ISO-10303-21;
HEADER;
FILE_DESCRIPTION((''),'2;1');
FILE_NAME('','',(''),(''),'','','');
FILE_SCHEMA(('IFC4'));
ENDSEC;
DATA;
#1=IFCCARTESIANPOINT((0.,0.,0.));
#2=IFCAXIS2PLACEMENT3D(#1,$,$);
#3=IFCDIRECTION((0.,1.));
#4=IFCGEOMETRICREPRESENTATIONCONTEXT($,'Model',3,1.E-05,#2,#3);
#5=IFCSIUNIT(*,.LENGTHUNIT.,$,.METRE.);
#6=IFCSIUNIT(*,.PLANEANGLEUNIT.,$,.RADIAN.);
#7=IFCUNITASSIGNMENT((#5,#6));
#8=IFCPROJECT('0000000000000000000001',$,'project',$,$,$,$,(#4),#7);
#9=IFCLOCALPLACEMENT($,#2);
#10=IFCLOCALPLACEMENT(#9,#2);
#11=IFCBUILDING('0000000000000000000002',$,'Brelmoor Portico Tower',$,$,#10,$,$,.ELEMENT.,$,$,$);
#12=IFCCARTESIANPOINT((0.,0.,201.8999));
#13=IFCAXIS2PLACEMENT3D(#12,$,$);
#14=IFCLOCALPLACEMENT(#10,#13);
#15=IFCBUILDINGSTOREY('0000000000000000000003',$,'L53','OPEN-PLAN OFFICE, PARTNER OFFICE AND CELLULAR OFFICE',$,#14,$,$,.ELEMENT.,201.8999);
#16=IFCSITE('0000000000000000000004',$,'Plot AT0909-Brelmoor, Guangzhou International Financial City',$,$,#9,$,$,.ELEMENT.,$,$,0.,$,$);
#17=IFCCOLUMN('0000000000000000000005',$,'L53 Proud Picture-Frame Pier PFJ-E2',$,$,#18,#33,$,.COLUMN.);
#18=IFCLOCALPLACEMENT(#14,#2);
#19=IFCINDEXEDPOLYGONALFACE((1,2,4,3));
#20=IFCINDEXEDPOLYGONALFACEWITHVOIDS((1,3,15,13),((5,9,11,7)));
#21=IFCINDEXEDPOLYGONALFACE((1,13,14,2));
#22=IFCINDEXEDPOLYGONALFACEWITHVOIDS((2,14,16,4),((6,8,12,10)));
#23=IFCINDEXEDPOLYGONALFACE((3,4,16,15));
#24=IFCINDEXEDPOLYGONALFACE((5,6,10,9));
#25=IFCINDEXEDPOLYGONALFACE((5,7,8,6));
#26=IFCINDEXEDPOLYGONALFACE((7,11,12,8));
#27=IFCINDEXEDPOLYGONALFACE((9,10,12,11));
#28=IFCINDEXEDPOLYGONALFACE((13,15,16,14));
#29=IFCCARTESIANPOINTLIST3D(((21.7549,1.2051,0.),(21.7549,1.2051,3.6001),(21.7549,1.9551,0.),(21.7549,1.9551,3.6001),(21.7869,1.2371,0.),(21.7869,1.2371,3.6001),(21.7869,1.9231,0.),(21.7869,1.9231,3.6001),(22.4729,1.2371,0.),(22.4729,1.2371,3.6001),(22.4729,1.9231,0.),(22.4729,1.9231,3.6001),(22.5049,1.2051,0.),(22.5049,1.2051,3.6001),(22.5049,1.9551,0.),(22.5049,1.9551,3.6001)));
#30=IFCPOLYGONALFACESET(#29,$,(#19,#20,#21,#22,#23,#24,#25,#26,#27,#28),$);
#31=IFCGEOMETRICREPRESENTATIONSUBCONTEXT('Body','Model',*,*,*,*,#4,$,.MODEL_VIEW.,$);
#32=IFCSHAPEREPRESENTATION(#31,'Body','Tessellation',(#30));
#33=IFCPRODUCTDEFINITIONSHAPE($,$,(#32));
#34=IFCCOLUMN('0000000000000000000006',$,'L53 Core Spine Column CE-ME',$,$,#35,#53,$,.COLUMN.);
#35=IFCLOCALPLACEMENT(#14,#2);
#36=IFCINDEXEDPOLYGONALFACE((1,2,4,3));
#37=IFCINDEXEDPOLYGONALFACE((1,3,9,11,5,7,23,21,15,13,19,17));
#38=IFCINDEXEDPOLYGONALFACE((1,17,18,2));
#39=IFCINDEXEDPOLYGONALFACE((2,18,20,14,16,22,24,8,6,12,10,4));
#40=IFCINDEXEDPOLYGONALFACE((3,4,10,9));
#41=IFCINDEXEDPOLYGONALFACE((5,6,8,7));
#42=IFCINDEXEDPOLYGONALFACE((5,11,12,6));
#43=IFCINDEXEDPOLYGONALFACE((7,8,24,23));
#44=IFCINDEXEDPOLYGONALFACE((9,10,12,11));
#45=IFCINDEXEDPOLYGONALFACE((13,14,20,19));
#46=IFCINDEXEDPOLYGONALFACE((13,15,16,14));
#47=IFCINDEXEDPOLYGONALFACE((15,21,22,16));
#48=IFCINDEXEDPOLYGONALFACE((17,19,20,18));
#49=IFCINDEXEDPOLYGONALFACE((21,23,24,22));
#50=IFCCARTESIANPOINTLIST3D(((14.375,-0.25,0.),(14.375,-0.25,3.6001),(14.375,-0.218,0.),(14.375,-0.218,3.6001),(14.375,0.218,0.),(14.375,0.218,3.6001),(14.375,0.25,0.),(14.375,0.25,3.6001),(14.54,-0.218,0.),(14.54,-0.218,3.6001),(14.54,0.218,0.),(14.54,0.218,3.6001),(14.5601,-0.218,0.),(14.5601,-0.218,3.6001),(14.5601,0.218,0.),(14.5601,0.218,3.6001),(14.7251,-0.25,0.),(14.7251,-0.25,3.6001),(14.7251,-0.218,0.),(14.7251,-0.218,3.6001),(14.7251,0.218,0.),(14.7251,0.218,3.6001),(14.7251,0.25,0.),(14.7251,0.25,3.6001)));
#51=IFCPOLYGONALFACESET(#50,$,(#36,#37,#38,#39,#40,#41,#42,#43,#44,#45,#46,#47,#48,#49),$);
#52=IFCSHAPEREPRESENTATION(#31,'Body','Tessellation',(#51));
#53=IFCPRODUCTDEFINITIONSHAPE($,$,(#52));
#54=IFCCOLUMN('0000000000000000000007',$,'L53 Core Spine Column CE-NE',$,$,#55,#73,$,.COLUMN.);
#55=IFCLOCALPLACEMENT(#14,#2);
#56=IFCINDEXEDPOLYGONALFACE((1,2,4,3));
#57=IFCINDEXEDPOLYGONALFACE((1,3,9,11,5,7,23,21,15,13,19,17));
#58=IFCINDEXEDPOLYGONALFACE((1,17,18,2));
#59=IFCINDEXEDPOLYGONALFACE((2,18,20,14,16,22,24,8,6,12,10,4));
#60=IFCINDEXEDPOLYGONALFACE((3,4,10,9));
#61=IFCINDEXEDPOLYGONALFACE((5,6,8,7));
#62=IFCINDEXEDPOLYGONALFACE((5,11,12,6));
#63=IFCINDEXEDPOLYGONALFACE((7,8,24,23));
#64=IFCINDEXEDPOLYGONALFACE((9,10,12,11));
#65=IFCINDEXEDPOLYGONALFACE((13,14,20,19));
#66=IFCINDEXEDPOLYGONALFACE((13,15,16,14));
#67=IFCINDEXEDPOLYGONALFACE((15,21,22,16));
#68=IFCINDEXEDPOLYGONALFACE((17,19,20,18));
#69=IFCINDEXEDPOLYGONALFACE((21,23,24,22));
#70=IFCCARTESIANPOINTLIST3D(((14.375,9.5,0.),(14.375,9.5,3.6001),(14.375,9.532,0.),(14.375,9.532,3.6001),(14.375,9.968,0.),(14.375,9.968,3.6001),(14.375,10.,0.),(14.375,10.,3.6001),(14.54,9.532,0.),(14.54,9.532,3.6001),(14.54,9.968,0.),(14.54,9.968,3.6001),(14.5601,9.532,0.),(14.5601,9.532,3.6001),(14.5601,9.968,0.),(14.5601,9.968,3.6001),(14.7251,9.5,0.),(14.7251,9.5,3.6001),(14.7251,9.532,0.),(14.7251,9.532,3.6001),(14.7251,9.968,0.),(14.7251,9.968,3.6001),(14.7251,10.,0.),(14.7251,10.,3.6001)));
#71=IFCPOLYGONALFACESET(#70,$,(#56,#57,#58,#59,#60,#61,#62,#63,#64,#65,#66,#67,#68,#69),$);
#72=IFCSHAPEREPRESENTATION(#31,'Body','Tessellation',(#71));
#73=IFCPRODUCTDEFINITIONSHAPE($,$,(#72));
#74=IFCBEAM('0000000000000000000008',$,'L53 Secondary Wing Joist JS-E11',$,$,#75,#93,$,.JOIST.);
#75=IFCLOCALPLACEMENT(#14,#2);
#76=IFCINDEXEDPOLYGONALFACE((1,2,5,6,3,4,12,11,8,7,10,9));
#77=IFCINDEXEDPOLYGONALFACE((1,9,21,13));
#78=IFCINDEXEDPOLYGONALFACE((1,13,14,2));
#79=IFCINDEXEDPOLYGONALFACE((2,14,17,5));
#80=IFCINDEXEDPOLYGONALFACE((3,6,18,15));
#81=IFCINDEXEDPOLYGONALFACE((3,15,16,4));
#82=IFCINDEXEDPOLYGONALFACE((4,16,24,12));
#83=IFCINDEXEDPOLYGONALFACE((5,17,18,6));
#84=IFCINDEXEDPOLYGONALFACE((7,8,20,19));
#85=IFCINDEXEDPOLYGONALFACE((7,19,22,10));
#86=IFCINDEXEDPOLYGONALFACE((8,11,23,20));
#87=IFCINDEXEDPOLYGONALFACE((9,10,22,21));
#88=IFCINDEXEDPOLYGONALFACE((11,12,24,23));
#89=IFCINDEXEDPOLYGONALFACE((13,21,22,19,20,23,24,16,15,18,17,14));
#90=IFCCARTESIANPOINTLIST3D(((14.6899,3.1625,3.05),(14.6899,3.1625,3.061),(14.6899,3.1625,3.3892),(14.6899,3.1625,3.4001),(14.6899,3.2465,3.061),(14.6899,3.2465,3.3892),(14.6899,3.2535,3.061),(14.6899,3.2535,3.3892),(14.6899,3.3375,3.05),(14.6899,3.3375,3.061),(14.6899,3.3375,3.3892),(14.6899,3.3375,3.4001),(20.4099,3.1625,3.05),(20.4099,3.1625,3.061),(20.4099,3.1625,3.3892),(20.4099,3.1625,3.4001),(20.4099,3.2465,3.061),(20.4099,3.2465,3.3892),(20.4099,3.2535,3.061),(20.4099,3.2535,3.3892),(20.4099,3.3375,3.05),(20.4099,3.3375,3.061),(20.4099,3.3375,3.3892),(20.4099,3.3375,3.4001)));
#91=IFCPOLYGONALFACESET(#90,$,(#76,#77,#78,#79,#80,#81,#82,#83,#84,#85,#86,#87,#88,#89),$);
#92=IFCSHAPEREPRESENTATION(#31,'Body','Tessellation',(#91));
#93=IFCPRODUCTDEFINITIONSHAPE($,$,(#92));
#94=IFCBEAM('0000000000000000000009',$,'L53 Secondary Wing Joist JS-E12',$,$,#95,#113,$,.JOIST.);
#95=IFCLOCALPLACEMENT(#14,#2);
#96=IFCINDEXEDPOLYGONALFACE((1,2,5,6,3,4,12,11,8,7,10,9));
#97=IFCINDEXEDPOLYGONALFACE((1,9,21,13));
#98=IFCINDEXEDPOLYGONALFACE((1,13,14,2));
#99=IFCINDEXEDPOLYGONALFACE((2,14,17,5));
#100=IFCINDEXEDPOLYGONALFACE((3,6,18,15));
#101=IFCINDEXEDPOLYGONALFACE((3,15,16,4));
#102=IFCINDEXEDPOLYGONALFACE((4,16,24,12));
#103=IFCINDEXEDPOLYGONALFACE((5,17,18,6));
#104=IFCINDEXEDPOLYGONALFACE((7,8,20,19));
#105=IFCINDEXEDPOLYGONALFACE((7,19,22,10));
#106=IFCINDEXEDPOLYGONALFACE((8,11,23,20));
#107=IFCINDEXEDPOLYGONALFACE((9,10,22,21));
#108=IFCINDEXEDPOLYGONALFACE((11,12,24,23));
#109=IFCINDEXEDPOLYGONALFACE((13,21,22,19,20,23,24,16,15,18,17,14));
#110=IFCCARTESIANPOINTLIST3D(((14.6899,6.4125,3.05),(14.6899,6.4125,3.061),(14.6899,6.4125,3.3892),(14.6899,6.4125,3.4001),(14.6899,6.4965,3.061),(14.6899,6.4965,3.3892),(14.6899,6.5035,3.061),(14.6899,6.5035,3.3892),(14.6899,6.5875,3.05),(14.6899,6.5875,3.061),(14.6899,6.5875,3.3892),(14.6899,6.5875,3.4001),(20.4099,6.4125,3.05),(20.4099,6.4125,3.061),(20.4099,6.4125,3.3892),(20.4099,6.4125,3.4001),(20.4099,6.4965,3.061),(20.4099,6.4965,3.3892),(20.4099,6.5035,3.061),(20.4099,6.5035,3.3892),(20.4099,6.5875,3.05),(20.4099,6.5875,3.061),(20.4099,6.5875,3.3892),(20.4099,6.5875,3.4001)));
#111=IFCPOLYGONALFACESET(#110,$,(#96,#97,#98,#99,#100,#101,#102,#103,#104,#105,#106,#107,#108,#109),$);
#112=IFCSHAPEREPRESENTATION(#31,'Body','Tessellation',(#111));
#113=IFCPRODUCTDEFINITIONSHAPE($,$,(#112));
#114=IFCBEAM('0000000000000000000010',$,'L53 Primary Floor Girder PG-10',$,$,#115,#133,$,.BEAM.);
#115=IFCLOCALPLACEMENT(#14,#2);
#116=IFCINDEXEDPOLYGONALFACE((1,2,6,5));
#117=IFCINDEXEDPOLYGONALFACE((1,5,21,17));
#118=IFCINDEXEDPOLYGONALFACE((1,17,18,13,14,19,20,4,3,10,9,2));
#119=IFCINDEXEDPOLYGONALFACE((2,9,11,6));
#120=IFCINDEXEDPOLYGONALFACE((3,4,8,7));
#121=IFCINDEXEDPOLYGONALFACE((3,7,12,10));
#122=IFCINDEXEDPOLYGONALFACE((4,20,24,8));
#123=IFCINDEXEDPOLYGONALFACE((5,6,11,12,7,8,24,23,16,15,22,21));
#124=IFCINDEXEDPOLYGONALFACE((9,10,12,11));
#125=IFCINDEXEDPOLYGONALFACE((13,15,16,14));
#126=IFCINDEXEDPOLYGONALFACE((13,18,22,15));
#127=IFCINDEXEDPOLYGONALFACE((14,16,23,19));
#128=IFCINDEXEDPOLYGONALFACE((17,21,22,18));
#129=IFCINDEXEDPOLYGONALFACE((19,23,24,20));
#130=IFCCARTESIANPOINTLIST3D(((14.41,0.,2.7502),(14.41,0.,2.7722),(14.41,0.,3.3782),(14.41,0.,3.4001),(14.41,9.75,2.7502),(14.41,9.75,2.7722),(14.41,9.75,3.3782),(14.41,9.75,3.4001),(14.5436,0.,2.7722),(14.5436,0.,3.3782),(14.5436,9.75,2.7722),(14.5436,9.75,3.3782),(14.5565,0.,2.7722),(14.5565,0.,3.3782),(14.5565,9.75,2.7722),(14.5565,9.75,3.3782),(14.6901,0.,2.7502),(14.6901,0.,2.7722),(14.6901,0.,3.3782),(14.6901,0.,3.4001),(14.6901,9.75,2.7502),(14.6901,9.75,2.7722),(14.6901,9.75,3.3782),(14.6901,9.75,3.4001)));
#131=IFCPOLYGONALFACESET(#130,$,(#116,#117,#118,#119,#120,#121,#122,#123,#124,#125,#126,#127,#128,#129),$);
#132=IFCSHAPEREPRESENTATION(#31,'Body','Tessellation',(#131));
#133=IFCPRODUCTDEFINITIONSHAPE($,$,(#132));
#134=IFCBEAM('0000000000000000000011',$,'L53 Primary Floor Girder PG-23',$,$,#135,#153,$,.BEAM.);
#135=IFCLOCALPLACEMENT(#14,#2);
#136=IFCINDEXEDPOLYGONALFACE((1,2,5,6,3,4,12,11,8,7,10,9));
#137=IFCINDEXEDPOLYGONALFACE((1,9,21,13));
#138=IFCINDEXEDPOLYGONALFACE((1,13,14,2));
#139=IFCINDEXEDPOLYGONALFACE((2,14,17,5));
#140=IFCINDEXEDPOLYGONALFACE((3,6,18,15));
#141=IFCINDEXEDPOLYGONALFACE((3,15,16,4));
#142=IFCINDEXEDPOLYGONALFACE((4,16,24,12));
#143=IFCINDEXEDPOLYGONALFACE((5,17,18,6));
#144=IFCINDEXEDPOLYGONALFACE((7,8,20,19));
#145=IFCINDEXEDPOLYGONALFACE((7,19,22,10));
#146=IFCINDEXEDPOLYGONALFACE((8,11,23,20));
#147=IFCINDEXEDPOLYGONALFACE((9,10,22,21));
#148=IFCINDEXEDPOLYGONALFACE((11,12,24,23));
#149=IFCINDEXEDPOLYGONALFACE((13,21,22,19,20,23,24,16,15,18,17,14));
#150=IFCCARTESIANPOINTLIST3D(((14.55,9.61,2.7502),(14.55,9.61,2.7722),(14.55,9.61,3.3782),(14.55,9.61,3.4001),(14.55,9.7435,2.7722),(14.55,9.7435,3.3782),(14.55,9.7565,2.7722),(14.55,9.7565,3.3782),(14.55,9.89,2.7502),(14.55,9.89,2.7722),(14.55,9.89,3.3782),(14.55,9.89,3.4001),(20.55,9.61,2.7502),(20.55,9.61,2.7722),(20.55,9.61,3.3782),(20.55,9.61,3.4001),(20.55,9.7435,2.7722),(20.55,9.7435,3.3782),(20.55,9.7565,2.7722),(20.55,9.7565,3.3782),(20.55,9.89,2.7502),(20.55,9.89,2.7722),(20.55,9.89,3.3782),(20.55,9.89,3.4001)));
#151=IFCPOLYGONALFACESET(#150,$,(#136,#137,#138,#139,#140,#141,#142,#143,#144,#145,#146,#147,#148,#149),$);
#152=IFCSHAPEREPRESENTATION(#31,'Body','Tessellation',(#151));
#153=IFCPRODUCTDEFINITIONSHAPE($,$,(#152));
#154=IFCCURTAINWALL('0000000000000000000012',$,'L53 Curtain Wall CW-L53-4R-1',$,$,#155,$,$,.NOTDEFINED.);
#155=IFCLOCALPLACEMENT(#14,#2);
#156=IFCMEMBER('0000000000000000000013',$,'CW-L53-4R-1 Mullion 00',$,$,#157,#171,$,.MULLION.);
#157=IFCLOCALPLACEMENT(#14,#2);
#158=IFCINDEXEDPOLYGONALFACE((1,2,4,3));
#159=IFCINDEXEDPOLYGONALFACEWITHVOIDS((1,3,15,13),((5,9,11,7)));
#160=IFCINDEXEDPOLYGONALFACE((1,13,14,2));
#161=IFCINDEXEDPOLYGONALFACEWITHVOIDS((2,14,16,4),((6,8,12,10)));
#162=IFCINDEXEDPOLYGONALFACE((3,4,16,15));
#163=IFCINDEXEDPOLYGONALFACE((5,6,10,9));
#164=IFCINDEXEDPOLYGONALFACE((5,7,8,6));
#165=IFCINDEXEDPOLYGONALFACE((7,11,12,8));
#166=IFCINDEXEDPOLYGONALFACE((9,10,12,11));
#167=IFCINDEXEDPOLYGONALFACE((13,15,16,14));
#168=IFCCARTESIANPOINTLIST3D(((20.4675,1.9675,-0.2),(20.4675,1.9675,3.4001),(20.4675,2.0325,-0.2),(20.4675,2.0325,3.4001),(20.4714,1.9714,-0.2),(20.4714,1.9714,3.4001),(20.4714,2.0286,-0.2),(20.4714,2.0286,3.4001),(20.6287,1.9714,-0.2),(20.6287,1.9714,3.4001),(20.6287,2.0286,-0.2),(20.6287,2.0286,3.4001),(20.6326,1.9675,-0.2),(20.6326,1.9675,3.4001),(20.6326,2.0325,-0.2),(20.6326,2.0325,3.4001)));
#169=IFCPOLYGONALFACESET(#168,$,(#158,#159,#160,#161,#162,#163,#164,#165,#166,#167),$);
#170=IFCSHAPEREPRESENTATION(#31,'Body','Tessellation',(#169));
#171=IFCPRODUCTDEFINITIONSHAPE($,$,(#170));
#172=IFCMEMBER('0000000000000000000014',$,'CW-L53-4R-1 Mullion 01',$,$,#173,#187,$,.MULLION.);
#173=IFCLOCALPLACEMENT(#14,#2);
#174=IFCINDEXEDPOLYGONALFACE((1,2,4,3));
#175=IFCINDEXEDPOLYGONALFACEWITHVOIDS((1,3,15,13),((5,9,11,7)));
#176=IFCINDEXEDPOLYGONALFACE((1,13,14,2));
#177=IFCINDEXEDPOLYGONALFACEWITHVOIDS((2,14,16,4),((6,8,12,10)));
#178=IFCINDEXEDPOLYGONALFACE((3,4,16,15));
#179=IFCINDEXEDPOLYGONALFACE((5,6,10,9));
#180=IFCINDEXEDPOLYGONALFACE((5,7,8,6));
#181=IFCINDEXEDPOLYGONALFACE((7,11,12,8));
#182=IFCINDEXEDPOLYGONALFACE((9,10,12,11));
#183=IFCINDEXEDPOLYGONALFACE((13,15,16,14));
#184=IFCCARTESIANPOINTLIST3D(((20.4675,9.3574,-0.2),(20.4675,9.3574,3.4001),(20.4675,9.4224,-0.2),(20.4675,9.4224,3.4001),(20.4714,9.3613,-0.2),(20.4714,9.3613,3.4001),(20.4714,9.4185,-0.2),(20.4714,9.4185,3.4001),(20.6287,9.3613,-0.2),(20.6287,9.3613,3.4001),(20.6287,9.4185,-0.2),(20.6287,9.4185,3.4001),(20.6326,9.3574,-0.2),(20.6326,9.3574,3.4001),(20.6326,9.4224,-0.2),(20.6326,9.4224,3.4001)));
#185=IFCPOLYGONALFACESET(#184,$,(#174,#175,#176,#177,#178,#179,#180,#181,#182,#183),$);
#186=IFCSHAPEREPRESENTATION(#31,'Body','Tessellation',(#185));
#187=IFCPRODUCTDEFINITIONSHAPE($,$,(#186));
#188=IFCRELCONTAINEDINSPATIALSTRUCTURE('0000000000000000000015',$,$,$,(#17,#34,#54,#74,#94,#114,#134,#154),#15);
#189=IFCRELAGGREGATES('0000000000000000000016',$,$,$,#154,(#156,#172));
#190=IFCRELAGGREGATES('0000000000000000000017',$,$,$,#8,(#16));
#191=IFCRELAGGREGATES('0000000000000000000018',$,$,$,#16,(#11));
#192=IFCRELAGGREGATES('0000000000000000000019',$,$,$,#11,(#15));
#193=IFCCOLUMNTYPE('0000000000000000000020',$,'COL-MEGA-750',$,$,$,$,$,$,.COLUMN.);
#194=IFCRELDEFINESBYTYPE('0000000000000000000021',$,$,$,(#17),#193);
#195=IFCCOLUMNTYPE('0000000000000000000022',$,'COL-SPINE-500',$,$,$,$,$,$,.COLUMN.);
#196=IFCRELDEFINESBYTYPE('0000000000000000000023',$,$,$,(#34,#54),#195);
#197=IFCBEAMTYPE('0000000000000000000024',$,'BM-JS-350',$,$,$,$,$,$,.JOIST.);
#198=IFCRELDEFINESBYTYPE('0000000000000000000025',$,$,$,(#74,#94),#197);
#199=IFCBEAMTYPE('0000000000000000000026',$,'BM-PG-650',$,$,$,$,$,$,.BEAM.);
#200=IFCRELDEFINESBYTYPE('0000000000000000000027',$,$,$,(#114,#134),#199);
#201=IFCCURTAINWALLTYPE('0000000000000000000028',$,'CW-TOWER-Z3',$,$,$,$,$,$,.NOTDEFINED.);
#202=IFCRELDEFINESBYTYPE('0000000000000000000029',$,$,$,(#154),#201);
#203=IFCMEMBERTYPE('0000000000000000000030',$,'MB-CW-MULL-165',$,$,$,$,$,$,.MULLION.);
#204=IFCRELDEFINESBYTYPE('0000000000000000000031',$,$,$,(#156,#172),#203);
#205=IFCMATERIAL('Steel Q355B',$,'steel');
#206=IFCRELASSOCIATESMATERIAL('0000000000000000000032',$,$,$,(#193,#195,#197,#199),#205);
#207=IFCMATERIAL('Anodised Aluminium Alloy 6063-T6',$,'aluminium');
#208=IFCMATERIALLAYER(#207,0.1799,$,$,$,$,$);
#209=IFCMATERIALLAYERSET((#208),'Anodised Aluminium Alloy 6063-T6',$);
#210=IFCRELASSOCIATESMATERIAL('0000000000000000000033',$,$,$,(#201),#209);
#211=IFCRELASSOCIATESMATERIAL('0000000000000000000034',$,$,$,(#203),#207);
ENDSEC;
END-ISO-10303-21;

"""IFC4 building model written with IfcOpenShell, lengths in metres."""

from ifc_helpers import new_model, si_unit, direction, frame, origin, origin_2d, place, context, subcontext, project, spatial, hollow_rectangle, i_section, extrude, material, layer, layer_set, material_profile, profile_set, type_object, element, aggregate, save


model = new_model("IFC4")

# Units and contexts
model_context = context("Model", 3, precision=1e-05, world=origin(), true_north=direction((0.0, 1.0)))
body_context = subcontext(model_context, "Body", "Model", "MODEL_VIEW")
ifc_project = project(units=[si_unit("LENGTHUNIT", "METRE"), si_unit("PLANEANGLEUNIT", "RADIAN")], contexts=[model_context])

# Site, building, storey
site_placement = place(None, origin())
site = spatial("IfcSite", under=ifc_project, at=site_placement, Name="Plot AT0909-Brelmoor, Guangzhou International Financial City", CompositionType="ELEMENT", RefElevation=0.0)
building_placement = place(site_placement, origin())
building = spatial("IfcBuilding", under=site, at=building_placement, Name="Brelmoor Portico Tower", CompositionType="ELEMENT")
storey_placement = place(building_placement, frame((0.0, 0.0, 201.8999)))
storey = spatial("IfcBuildingStorey", under=building, at=storey_placement, Name="L53", Description="OPEN-PLAN OFFICE, PARTNER OFFICE AND CELLULAR OFFICE", CompositionType="ELEMENT", Elevation=201.8999)

# Columns
ifc_material_1 = material(Name="Steel Q355B", Category="steel")
ifc_material_profile_1 = material_profile(ifc_material_1, hollow_rectangle(XDim=0.75, YDim=0.75, WallThickness=0.032, at=origin_2d()), Name="BOX 750x750x32")
ifc_profile_set_1 = profile_set([ifc_material_profile_1], Name="Steel Q355B")
column_type_1 = type_object("IfcColumnType", Name="COL-MEGA-750", PredefinedType="COLUMN", material=ifc_profile_set_1)
column_placement = place(storey_placement, frame((22.1299, 1.5801, 0.0), z_axis=(0.0, 0.0, 1.0), x_axis=(0.0, 1.0, 0.0)))
element("IfcColumn", 1, at=column_placement, inside=storey, type_object=column_type_1, Name="L53 Proud Picture-Frame Pier PFJ-E2", PredefinedType="COLUMN", context=body_context, shape_type="SweptSolid", body=[
    extrude(hollow_rectangle(XDim=0.75, YDim=0.75, WallThickness=0.032, at=origin_2d()), origin(), (0.0, 0.0, 1.0), 3.6001),
])
ifc_material_profile_2 = material_profile(ifc_material_1, i_section(OverallWidth=0.3501, OverallDepth=0.5, WebThickness=0.02, FlangeThickness=0.032, at=origin_2d()), Name="HW 500x350x20x32")
ifc_profile_set_2 = profile_set([ifc_material_profile_2], Name="Steel Q355B")
column_type_2 = type_object("IfcColumnType", Name="COL-SPINE-500", PredefinedType="COLUMN", material=ifc_profile_set_2)
for number, where, z_axis, x_axis, name in (
    (2, (14.55, 0.0, 0.0), (0.0, 0.0, 1.0), (1.0, 0.0, 0.0), "L53 Core Spine Column CE-ME"),
    (3, (14.55, 9.75, 0.0), (0.0, 0.0, 1.0), (1.0, 0.0, 0.0), "L53 Core Spine Column CE-NE"),
):
    element("IfcColumn", number, at=place(storey_placement, frame(where, z_axis=z_axis, x_axis=x_axis)), inside=storey, type_object=column_type_2, Name=name, PredefinedType="COLUMN", context=body_context, shape_type="SweptSolid", body=[
        extrude(i_section(OverallWidth=0.3501, OverallDepth=0.5, WebThickness=0.02, FlangeThickness=0.032, at=origin_2d()), origin(), (0.0, 0.0, 1.0), 3.6001),
    ])

# Beams
ifc_material_profile_3 = material_profile(ifc_material_1, i_section(OverallWidth=0.175, OverallDepth=0.3501, WebThickness=0.0071, FlangeThickness=0.011, at=origin_2d()), Name="HN 350x175x7x11")
ifc_profile_set_3 = profile_set([ifc_material_profile_3], Name="Steel Q355B")
beam_type_1 = type_object("IfcBeamType", Name="BM-JS-350", PredefinedType="JOIST", material=ifc_profile_set_3)
for number, where, z_axis, x_axis, name in (
    (4, (14.6899, 3.25, 3.2251), (1.0, 0.0, 0.0), (0.0, 1.0, 0.0), "L53 Secondary Wing Joist JS-E11"),
    (5, (14.6899, 6.5, 3.2251), (1.0, 0.0, 0.0), (0.0, 1.0, 0.0), "L53 Secondary Wing Joist JS-E12"),
):
    element("IfcBeam", number, at=place(storey_placement, frame(where, z_axis=z_axis, x_axis=x_axis)), inside=storey, type_object=beam_type_1, Name=name, PredefinedType="JOIST", context=body_context, shape_type="SweptSolid", body=[
        extrude(i_section(OverallWidth=0.175, OverallDepth=0.3501, WebThickness=0.0071, FlangeThickness=0.011, at=origin_2d()), origin(), (0.0, 0.0, 1.0), 5.72),
    ])
ifc_material_profile_4 = material_profile(ifc_material_1, i_section(OverallWidth=0.28, OverallDepth=0.6499, WebThickness=0.0129, FlangeThickness=0.022, at=origin_2d()), Name="HN 650x280x13x22")
ifc_profile_set_4 = profile_set([ifc_material_profile_4], Name="Steel Q355B")
beam_type_2 = type_object("IfcBeamType", Name="BM-PG-650", PredefinedType="BEAM", material=ifc_profile_set_4)
beam_1_placement = place(storey_placement, frame((14.55, 0.0, 3.0752), z_axis=(0.0, 1.0, 0.0), x_axis=(-1.0, 0.0, 0.0)))
element("IfcBeam", 6, at=beam_1_placement, inside=storey, type_object=beam_type_2, Name="L53 Primary Floor Girder PG-10", PredefinedType="BEAM", context=body_context, shape_type="SweptSolid", body=[
    extrude(i_section(OverallWidth=0.28, OverallDepth=0.6499, WebThickness=0.0129, FlangeThickness=0.022, at=origin_2d()), origin(), (0.0, 0.0, 1.0), 9.75),
])
beam_2_placement = place(storey_placement, frame((14.55, 9.75, 3.0752), z_axis=(1.0, 0.0, 0.0), x_axis=(0.0, 1.0, 0.0)))
element("IfcBeam", 7, at=beam_2_placement, inside=storey, type_object=beam_type_2, Name="L53 Primary Floor Girder PG-23", PredefinedType="BEAM", context=body_context, shape_type="SweptSolid", body=[
    extrude(i_section(OverallWidth=0.28, OverallDepth=0.6499, WebThickness=0.0129, FlangeThickness=0.022, at=origin_2d()), origin(), (0.0, 0.0, 1.0), 6.0),
])

# Curtain wall, members
ifc_material_2 = material(Name="Anodised Aluminium Alloy 6063-T6", Category="aluminium")
ifc_layer_1 = layer(ifc_material_2, 0.1799)
ifc_layer_set_1 = layer_set([ifc_layer_1], Name="Anodised Aluminium Alloy 6063-T6")
curtain_wall_type = type_object("IfcCurtainWallType", Name="CW-TOWER-Z3", PredefinedType="NOTDEFINED", material=ifc_layer_set_1)
curtain_wall_placement = place(storey_placement, origin())
curtain_wall = element("IfcCurtainWall", 8, at=curtain_wall_placement, inside=storey, type_object=curtain_wall_type, Name="L53 Curtain Wall CW-L53-4R-1", PredefinedType="NOTDEFINED")
ifc_material_profile_5 = material_profile(ifc_material_2, hollow_rectangle(XDim=0.0649, YDim=0.165, WallThickness=0.0039, at=origin_2d()), Name="ALU MULLION 65x165")
ifc_profile_set_5 = profile_set([ifc_material_profile_5], Name="Anodised Aluminium Alloy 6063-T6")
member_type_1 = type_object("IfcMemberType", Name="MB-CW-MULL-165", PredefinedType="MULLION", material=ifc_profile_set_5)
member_1_placement = place(storey_placement, frame((20.55, 2.0, -0.2), z_axis=(0.0, 0.0, 1.0), x_axis=(0.0, 1.0, 0.0)))
member_1 = element("IfcMember", 9, at=member_1_placement, type_object=member_type_1, Name="CW-L53-4R-1 Mullion 00", PredefinedType="MULLION", context=body_context, shape_type="SweptSolid", body=[
    extrude(hollow_rectangle(XDim=0.0649, YDim=0.165, WallThickness=0.0039, at=origin_2d()), origin(), (0.0, 0.0, 1.0), 3.6001),
])
member_2_placement = place(storey_placement, frame((20.55, 9.3899, -0.2), z_axis=(0.0, 0.0, 1.0), x_axis=(0.0, 1.0, 0.0)))
member_2 = element("IfcMember", 10, at=member_2_placement, type_object=member_type_1, Name="CW-L53-4R-1 Mullion 01", PredefinedType="MULLION", context=body_context, shape_type="SweptSolid", body=[
    extrude(hollow_rectangle(XDim=0.0649, YDim=0.165, WallThickness=0.0039, at=origin_2d()), origin(), (0.0, 0.0, 1.0), 3.6001),
])

aggregate(curtain_wall, [member_1, member_2])

save(model, "model.ifc")
